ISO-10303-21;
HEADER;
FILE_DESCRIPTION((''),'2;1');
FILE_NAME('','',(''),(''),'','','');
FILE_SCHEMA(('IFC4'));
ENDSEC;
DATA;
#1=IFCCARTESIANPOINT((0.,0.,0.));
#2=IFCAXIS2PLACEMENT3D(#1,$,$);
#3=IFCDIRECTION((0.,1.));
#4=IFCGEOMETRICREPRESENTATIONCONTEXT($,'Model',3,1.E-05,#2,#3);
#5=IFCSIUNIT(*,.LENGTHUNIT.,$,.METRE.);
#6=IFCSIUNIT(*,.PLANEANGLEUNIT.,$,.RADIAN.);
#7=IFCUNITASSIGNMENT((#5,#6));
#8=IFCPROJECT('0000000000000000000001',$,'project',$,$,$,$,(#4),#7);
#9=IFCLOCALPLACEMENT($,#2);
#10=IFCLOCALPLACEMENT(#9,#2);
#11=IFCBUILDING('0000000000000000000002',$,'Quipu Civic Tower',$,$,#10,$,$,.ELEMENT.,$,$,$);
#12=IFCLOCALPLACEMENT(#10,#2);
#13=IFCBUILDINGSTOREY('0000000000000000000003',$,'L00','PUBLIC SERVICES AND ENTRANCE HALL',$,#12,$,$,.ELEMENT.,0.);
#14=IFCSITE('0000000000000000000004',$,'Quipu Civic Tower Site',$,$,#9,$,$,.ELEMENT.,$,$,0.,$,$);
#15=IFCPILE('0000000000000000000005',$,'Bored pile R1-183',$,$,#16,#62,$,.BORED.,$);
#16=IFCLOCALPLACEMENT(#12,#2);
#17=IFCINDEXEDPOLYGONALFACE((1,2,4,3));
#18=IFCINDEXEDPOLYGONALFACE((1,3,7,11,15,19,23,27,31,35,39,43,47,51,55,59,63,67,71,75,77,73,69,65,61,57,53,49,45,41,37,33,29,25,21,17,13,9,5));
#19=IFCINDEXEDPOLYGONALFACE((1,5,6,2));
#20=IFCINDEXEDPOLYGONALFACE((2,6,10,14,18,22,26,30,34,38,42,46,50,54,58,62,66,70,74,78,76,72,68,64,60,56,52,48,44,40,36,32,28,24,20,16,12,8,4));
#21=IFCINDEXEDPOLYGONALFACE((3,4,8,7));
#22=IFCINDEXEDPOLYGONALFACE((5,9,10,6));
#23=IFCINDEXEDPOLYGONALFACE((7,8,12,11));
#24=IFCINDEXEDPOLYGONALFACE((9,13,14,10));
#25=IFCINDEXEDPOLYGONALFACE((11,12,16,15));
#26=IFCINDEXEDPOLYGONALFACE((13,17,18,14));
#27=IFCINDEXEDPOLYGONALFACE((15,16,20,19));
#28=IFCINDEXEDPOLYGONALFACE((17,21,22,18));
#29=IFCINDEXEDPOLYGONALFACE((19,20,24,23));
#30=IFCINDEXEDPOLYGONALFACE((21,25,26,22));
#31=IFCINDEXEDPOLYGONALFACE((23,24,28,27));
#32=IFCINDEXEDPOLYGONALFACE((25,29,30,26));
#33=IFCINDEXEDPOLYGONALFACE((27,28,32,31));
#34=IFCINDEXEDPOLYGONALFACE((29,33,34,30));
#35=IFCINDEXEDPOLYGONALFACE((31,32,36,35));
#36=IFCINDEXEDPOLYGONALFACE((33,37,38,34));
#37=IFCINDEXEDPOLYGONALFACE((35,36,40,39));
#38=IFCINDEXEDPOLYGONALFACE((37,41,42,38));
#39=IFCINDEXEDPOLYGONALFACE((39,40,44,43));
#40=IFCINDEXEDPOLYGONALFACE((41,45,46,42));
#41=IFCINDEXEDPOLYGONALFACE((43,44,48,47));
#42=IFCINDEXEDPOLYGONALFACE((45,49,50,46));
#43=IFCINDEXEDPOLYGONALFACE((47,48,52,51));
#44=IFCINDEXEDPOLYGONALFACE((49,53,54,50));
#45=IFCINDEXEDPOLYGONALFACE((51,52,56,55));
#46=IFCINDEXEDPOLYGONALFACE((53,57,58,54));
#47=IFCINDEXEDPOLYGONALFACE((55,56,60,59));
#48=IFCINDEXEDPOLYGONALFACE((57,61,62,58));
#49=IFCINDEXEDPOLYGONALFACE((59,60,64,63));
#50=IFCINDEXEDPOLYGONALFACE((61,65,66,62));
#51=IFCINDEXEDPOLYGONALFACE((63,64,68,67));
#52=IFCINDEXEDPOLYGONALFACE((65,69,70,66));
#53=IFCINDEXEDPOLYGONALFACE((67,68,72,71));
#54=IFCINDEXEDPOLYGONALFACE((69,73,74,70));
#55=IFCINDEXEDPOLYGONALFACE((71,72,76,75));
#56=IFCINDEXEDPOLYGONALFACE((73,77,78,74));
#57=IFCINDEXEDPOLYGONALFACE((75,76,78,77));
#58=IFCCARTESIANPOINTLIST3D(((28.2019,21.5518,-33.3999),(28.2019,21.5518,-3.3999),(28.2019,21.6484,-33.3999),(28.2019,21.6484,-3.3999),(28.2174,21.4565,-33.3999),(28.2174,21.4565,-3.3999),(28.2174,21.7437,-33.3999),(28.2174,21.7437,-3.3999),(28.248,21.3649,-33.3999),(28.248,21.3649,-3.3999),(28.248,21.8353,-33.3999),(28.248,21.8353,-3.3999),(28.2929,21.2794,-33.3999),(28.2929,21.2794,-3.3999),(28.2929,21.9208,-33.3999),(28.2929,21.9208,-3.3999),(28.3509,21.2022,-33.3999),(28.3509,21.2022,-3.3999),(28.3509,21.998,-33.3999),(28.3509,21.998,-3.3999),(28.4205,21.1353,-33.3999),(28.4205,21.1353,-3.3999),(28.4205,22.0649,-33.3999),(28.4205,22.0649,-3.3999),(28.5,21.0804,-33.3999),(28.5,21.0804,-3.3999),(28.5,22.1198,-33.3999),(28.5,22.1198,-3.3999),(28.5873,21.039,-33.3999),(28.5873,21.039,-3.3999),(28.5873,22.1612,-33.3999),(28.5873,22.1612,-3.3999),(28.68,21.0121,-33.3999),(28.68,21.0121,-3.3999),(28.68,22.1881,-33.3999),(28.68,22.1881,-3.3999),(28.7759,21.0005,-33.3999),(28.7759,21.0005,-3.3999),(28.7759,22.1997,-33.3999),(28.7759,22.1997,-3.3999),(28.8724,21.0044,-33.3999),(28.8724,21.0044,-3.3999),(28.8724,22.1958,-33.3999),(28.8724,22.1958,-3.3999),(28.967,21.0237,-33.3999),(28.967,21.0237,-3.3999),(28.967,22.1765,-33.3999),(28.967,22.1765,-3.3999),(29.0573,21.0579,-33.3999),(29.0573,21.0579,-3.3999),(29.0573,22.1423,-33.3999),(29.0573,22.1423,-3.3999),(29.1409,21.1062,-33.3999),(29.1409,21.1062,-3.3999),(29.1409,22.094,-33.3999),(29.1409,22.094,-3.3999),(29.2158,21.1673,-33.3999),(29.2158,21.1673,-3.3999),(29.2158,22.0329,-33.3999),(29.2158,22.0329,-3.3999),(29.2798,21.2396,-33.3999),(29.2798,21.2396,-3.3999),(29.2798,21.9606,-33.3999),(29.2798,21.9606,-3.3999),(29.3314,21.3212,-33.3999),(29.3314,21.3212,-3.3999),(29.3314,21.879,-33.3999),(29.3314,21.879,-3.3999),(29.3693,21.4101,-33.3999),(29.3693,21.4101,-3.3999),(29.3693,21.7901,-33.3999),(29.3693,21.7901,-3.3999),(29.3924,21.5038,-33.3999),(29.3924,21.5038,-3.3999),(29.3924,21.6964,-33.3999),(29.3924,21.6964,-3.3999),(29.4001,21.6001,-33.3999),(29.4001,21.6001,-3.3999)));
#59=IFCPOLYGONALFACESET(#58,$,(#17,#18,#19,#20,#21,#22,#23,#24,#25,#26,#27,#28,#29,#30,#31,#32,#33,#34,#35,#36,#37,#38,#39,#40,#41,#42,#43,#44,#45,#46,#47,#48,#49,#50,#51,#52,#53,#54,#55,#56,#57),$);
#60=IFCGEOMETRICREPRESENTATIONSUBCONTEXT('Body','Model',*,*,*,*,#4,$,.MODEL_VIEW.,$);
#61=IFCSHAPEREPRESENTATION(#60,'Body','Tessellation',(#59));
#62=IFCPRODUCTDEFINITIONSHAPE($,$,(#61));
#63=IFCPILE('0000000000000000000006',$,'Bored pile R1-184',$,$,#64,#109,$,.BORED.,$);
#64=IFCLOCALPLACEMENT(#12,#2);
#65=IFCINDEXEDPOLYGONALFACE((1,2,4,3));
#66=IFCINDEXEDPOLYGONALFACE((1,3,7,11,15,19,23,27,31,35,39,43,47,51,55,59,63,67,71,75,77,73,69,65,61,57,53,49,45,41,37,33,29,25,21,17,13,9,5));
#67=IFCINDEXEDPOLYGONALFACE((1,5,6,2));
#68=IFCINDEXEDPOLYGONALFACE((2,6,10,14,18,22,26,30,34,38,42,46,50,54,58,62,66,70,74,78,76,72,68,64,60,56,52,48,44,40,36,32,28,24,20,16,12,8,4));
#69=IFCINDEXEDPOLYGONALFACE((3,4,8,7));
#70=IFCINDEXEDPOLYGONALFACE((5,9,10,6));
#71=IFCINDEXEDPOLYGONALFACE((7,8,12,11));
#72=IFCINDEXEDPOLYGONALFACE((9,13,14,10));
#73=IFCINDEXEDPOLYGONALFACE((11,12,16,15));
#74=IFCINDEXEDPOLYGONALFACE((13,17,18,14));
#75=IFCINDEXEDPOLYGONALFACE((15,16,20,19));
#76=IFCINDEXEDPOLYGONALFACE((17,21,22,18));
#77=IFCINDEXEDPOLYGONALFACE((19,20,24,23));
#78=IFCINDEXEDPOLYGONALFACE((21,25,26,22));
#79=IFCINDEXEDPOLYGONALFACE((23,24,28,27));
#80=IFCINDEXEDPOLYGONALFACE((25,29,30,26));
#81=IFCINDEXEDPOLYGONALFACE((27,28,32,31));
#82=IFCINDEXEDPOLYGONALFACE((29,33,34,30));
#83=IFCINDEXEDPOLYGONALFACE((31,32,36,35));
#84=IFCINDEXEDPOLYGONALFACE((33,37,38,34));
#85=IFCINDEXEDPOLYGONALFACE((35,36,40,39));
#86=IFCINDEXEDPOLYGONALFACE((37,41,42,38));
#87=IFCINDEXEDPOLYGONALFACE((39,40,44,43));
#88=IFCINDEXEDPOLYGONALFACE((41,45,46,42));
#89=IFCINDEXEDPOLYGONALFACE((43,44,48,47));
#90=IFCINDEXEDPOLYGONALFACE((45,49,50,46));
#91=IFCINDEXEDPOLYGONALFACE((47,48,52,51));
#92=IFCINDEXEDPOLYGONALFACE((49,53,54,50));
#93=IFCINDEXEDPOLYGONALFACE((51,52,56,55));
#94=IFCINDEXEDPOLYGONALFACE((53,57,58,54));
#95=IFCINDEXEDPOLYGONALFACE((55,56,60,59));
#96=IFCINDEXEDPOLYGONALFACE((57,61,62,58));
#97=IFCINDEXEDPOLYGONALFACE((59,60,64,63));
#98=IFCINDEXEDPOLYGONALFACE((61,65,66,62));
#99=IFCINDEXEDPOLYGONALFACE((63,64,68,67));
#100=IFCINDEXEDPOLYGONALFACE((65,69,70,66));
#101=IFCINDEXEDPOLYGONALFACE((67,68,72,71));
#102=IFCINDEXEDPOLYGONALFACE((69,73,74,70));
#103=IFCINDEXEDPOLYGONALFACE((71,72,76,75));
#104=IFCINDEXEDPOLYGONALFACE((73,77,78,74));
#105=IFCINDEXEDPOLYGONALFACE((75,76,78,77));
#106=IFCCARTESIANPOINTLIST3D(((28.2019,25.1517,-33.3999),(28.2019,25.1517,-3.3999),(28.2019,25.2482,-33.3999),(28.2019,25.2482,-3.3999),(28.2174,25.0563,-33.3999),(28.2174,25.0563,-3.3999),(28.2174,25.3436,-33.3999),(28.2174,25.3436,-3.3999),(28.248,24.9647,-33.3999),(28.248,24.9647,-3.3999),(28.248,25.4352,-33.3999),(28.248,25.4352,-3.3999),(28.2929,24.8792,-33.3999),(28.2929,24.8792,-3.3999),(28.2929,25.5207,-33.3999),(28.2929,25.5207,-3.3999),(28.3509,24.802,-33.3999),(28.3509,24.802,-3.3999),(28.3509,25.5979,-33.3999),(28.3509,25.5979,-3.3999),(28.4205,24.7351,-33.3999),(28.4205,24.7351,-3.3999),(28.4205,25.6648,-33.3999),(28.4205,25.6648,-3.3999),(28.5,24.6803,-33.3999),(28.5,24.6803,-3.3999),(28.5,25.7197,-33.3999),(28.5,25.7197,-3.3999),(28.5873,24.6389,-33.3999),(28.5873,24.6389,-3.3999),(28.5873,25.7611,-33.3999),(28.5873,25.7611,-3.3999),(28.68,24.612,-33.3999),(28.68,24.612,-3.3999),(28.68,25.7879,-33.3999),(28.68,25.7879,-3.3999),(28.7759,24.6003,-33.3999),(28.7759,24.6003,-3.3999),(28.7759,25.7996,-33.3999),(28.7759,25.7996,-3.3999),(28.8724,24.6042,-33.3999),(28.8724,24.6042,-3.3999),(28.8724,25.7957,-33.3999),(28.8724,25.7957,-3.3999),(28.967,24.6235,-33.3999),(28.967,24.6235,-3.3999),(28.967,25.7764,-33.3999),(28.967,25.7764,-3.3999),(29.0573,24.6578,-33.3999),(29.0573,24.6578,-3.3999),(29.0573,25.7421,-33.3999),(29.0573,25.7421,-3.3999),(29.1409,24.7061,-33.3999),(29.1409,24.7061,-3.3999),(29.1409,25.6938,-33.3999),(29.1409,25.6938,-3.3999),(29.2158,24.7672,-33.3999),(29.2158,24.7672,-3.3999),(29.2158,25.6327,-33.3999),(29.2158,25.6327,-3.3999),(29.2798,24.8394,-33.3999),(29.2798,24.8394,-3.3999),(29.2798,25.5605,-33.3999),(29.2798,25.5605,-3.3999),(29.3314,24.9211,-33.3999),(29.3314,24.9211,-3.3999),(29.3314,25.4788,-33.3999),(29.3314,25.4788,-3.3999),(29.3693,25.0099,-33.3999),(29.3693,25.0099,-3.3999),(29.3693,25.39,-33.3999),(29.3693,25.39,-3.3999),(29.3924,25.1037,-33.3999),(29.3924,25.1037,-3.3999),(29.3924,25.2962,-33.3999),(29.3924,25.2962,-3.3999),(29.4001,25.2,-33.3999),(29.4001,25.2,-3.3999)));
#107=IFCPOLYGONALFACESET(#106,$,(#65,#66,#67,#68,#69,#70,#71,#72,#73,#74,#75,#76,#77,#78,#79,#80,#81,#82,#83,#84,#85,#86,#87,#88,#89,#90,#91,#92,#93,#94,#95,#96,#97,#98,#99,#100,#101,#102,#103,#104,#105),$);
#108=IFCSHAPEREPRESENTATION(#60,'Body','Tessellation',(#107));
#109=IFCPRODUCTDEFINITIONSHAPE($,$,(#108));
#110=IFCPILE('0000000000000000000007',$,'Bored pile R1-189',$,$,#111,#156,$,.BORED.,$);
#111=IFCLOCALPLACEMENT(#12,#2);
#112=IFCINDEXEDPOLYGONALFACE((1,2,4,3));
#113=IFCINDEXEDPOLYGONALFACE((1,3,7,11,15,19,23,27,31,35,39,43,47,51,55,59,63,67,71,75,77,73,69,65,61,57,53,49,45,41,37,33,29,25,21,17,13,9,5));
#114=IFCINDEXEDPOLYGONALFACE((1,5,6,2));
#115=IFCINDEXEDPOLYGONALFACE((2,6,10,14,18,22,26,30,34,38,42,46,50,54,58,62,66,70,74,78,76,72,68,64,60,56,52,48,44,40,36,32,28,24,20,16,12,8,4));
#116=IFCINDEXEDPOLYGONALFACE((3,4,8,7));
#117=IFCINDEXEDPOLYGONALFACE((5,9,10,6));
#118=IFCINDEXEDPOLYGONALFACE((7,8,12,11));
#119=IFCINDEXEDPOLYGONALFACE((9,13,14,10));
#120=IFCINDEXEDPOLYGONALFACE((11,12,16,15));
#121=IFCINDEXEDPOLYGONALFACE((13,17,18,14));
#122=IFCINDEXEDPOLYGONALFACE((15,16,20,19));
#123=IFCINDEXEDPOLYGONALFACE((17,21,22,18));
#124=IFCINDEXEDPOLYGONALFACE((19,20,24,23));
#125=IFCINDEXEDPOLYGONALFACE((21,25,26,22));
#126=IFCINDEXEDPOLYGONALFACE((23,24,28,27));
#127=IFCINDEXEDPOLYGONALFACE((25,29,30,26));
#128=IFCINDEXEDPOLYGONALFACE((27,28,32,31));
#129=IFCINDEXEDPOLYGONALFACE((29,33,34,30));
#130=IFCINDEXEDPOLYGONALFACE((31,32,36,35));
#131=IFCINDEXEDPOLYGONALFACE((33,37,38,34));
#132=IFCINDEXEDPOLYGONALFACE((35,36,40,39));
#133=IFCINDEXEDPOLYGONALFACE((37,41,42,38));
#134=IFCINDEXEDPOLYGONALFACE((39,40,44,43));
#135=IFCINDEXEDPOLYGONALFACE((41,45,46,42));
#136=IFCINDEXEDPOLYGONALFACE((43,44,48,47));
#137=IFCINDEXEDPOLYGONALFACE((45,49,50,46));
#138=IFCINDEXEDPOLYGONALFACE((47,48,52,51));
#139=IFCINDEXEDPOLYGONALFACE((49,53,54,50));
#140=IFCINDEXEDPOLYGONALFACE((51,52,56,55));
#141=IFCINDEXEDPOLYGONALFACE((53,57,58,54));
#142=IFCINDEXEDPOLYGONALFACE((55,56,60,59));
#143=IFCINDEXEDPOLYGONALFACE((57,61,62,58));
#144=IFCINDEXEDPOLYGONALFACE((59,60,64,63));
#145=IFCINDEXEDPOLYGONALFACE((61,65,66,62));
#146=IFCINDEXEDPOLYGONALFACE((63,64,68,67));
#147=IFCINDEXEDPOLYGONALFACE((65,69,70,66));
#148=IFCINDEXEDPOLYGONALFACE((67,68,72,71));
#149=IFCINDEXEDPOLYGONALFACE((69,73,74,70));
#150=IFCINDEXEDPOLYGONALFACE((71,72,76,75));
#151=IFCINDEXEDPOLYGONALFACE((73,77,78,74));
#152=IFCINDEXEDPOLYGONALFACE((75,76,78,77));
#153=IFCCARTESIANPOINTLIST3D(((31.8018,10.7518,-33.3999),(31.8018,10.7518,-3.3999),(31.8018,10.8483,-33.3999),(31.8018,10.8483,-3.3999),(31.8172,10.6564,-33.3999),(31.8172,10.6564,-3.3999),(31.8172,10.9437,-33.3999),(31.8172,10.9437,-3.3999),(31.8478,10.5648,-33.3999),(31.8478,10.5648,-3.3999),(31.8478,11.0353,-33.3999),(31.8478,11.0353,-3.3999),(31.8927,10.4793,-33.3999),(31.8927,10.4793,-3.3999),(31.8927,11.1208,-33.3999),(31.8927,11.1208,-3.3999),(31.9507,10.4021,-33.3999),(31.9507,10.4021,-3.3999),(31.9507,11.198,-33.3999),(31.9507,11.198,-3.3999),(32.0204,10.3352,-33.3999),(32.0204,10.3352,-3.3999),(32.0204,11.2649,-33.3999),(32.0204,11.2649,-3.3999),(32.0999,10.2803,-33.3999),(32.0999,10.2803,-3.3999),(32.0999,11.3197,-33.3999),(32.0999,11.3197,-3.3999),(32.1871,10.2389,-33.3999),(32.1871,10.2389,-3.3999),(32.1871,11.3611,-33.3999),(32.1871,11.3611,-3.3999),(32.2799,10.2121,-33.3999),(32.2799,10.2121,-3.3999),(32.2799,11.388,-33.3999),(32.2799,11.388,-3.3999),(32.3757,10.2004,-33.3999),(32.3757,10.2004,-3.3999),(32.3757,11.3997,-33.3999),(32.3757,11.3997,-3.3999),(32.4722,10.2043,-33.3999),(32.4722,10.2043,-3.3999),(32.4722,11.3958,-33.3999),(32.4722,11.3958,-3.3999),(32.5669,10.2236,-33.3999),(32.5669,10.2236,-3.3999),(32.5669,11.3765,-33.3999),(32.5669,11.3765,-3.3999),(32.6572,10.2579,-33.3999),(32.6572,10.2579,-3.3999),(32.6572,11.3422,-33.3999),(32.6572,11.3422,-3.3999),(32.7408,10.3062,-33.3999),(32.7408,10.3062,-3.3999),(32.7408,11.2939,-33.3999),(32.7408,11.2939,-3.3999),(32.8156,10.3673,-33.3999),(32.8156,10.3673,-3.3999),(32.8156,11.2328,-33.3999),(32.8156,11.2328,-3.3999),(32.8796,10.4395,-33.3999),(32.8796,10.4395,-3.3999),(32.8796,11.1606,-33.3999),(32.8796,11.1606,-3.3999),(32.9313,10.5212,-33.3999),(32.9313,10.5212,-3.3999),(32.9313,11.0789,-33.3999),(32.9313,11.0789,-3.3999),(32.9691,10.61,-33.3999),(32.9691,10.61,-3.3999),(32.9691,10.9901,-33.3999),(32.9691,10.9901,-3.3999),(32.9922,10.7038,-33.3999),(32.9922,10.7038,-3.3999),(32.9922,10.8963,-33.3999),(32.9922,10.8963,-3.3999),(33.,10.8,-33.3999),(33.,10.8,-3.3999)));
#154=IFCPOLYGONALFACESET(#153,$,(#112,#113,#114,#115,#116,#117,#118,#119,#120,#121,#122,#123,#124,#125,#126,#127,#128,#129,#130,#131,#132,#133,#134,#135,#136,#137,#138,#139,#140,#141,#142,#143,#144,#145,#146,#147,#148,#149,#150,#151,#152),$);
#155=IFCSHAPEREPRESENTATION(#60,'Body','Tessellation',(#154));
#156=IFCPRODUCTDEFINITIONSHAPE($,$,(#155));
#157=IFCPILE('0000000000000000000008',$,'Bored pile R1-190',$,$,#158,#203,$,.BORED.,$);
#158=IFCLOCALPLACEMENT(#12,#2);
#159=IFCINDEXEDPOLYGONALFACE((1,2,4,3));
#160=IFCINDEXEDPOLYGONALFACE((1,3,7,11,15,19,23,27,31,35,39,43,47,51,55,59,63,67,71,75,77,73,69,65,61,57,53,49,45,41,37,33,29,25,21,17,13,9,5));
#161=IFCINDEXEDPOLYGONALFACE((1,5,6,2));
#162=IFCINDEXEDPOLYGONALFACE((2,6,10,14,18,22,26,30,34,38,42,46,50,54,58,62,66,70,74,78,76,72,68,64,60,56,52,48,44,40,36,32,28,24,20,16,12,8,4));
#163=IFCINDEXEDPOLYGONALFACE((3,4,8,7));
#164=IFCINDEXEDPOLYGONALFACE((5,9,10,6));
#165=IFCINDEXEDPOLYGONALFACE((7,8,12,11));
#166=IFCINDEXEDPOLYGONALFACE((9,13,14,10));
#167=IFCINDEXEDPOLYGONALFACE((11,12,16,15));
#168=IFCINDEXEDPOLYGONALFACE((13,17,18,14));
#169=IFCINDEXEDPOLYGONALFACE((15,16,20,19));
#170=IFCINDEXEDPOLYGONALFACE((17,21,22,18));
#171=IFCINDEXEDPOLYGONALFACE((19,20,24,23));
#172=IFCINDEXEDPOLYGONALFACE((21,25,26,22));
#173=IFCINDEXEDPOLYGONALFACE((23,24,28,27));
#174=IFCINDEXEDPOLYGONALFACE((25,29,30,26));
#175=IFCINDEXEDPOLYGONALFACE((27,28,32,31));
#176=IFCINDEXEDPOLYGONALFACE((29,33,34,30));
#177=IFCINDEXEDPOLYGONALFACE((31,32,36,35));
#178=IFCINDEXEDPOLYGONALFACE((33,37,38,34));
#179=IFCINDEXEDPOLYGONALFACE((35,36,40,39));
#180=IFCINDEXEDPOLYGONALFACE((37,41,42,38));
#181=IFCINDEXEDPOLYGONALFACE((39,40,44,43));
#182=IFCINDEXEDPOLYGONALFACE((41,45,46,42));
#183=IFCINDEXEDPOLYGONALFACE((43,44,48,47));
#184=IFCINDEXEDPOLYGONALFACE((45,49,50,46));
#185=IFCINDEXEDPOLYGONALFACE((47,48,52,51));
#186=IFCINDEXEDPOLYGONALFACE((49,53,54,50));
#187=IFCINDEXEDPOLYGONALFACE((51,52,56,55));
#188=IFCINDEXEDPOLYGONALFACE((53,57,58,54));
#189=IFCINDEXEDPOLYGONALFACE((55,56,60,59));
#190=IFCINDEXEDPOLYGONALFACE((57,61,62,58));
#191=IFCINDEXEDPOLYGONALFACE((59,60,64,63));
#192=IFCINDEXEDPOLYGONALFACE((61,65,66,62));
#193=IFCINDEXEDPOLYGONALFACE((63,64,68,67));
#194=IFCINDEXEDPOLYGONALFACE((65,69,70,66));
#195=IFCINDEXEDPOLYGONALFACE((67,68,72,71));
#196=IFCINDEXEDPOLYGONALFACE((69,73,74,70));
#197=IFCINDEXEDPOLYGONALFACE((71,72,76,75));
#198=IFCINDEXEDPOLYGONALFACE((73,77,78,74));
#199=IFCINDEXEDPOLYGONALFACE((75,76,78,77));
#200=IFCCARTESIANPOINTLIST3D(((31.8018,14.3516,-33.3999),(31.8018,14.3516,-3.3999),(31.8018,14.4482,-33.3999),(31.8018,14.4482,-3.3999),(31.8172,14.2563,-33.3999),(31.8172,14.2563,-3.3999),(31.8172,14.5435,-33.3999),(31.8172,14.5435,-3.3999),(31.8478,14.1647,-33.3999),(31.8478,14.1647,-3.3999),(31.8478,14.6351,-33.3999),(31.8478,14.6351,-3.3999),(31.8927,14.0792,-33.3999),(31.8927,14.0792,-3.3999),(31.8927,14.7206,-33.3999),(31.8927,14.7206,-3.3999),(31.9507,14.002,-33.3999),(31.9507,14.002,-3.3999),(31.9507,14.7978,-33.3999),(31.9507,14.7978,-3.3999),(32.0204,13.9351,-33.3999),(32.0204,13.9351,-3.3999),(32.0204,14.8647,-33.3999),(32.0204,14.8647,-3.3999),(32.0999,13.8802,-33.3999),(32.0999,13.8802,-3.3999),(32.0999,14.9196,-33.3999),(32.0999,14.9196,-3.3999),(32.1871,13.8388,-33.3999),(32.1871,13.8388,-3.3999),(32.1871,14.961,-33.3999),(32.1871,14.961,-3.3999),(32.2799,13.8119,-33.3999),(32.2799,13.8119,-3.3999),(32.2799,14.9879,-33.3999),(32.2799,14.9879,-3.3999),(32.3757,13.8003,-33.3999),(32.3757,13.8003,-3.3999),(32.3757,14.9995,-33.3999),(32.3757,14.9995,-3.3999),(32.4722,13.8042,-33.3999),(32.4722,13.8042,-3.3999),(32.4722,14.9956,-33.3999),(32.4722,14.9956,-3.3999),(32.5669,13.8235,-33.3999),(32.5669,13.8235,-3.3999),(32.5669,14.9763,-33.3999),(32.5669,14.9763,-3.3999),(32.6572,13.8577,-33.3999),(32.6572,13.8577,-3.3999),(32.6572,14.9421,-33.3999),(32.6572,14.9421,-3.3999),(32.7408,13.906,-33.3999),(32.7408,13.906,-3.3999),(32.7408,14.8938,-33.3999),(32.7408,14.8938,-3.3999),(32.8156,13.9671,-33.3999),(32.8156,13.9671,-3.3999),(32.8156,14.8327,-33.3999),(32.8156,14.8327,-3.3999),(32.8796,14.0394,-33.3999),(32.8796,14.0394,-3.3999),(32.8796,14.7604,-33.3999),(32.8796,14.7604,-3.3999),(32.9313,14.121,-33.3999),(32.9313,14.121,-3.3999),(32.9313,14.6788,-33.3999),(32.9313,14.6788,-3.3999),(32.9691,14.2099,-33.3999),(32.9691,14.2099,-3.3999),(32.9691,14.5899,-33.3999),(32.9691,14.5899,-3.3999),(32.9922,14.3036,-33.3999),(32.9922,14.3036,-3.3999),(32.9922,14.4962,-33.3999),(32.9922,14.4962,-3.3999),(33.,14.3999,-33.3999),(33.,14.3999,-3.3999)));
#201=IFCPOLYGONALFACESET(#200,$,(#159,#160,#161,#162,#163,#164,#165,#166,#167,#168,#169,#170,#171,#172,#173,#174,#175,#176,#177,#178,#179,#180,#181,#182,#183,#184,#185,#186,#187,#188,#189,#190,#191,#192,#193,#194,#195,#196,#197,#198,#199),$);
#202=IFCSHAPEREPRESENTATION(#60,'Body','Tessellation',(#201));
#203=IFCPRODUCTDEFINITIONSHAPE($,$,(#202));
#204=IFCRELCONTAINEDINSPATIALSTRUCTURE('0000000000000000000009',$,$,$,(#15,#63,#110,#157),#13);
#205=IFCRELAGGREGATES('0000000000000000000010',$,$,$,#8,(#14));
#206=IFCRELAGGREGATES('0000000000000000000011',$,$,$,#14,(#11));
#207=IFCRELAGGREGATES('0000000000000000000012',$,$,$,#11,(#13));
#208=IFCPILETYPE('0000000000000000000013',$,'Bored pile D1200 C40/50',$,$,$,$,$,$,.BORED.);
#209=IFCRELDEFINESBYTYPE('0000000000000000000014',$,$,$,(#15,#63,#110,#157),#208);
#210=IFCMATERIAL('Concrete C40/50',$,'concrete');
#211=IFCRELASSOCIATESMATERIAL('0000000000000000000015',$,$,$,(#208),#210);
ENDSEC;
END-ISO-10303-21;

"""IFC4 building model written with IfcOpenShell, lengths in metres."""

from ifc_helpers import new_model, si_unit, direction, frame, origin, origin_2d, place, context, subcontext, project, spatial, circle, extrude, material, material_profile, profile_set, type_object, element, save


model = new_model("IFC4")

# Units and contexts
model_context = context("Model", 3, precision=1e-05, world=origin(), true_north=direction((0.0, 1.0)))
body_context = subcontext(model_context, "Body", "Model", "MODEL_VIEW")
ifc_project = project(units=[si_unit("LENGTHUNIT", "METRE"), si_unit("PLANEANGLEUNIT", "RADIAN")], contexts=[model_context])

# Site, building, storey
site_placement = place(None, origin())
site = spatial("IfcSite", under=ifc_project, at=site_placement, Name="Quipu Civic Tower Site", CompositionType="ELEMENT", RefElevation=0.0)
building_placement = place(site_placement, origin())
building = spatial("IfcBuilding", under=site, at=building_placement, Name="Quipu Civic Tower", CompositionType="ELEMENT")
storey_placement = place(building_placement, origin())
storey = spatial("IfcBuildingStorey", under=building, at=storey_placement, Name="L00", Description="PUBLIC SERVICES AND ENTRANCE HALL", CompositionType="ELEMENT", Elevation=0.0)

# Piles
ifc_material_1 = material(Name="Concrete C40/50", Category="concrete")
ifc_material_profile_1 = material_profile(ifc_material_1, circle(Radius=0.6001, at=origin_2d()), Name="RCD1200")
ifc_profile_set_1 = profile_set([ifc_material_profile_1], Name="Concrete C40/50")
pile_type = type_object("IfcPileType", Name="Bored pile D1200 C40/50", PredefinedType="BORED", material=ifc_profile_set_1)
for number, where, z_axis, x_axis, name in (
    (1, (28.8, 21.6001, -3.3999), (0.0, 0.0, -1.0), (1.0, 0.0, 0.0), "Bored pile R1-183"),
    (2, (28.8, 25.2, -3.3999), (0.0, 0.0, -1.0), (1.0, 0.0, 0.0), "Bored pile R1-184"),
    (3, (32.3999, 10.8, -3.3999), (0.0, 0.0, -1.0), (1.0, 0.0, 0.0), "Bored pile R1-189"),
    (4, (32.3999, 14.3999, -3.3999), (0.0, 0.0, -1.0), (1.0, 0.0, 0.0), "Bored pile R1-190"),
):
    element("IfcPile", number, at=place(storey_placement, frame(where, z_axis=z_axis, x_axis=x_axis)), inside=storey, type_object=pile_type, Name=name, PredefinedType="BORED", context=body_context, shape_type="SweptSolid", body=[
        extrude(circle(Radius=0.6001, at=origin_2d()), origin(), (0.0, 0.0, 1.0), 30.0),
    ])

save(model, "model.ifc")
